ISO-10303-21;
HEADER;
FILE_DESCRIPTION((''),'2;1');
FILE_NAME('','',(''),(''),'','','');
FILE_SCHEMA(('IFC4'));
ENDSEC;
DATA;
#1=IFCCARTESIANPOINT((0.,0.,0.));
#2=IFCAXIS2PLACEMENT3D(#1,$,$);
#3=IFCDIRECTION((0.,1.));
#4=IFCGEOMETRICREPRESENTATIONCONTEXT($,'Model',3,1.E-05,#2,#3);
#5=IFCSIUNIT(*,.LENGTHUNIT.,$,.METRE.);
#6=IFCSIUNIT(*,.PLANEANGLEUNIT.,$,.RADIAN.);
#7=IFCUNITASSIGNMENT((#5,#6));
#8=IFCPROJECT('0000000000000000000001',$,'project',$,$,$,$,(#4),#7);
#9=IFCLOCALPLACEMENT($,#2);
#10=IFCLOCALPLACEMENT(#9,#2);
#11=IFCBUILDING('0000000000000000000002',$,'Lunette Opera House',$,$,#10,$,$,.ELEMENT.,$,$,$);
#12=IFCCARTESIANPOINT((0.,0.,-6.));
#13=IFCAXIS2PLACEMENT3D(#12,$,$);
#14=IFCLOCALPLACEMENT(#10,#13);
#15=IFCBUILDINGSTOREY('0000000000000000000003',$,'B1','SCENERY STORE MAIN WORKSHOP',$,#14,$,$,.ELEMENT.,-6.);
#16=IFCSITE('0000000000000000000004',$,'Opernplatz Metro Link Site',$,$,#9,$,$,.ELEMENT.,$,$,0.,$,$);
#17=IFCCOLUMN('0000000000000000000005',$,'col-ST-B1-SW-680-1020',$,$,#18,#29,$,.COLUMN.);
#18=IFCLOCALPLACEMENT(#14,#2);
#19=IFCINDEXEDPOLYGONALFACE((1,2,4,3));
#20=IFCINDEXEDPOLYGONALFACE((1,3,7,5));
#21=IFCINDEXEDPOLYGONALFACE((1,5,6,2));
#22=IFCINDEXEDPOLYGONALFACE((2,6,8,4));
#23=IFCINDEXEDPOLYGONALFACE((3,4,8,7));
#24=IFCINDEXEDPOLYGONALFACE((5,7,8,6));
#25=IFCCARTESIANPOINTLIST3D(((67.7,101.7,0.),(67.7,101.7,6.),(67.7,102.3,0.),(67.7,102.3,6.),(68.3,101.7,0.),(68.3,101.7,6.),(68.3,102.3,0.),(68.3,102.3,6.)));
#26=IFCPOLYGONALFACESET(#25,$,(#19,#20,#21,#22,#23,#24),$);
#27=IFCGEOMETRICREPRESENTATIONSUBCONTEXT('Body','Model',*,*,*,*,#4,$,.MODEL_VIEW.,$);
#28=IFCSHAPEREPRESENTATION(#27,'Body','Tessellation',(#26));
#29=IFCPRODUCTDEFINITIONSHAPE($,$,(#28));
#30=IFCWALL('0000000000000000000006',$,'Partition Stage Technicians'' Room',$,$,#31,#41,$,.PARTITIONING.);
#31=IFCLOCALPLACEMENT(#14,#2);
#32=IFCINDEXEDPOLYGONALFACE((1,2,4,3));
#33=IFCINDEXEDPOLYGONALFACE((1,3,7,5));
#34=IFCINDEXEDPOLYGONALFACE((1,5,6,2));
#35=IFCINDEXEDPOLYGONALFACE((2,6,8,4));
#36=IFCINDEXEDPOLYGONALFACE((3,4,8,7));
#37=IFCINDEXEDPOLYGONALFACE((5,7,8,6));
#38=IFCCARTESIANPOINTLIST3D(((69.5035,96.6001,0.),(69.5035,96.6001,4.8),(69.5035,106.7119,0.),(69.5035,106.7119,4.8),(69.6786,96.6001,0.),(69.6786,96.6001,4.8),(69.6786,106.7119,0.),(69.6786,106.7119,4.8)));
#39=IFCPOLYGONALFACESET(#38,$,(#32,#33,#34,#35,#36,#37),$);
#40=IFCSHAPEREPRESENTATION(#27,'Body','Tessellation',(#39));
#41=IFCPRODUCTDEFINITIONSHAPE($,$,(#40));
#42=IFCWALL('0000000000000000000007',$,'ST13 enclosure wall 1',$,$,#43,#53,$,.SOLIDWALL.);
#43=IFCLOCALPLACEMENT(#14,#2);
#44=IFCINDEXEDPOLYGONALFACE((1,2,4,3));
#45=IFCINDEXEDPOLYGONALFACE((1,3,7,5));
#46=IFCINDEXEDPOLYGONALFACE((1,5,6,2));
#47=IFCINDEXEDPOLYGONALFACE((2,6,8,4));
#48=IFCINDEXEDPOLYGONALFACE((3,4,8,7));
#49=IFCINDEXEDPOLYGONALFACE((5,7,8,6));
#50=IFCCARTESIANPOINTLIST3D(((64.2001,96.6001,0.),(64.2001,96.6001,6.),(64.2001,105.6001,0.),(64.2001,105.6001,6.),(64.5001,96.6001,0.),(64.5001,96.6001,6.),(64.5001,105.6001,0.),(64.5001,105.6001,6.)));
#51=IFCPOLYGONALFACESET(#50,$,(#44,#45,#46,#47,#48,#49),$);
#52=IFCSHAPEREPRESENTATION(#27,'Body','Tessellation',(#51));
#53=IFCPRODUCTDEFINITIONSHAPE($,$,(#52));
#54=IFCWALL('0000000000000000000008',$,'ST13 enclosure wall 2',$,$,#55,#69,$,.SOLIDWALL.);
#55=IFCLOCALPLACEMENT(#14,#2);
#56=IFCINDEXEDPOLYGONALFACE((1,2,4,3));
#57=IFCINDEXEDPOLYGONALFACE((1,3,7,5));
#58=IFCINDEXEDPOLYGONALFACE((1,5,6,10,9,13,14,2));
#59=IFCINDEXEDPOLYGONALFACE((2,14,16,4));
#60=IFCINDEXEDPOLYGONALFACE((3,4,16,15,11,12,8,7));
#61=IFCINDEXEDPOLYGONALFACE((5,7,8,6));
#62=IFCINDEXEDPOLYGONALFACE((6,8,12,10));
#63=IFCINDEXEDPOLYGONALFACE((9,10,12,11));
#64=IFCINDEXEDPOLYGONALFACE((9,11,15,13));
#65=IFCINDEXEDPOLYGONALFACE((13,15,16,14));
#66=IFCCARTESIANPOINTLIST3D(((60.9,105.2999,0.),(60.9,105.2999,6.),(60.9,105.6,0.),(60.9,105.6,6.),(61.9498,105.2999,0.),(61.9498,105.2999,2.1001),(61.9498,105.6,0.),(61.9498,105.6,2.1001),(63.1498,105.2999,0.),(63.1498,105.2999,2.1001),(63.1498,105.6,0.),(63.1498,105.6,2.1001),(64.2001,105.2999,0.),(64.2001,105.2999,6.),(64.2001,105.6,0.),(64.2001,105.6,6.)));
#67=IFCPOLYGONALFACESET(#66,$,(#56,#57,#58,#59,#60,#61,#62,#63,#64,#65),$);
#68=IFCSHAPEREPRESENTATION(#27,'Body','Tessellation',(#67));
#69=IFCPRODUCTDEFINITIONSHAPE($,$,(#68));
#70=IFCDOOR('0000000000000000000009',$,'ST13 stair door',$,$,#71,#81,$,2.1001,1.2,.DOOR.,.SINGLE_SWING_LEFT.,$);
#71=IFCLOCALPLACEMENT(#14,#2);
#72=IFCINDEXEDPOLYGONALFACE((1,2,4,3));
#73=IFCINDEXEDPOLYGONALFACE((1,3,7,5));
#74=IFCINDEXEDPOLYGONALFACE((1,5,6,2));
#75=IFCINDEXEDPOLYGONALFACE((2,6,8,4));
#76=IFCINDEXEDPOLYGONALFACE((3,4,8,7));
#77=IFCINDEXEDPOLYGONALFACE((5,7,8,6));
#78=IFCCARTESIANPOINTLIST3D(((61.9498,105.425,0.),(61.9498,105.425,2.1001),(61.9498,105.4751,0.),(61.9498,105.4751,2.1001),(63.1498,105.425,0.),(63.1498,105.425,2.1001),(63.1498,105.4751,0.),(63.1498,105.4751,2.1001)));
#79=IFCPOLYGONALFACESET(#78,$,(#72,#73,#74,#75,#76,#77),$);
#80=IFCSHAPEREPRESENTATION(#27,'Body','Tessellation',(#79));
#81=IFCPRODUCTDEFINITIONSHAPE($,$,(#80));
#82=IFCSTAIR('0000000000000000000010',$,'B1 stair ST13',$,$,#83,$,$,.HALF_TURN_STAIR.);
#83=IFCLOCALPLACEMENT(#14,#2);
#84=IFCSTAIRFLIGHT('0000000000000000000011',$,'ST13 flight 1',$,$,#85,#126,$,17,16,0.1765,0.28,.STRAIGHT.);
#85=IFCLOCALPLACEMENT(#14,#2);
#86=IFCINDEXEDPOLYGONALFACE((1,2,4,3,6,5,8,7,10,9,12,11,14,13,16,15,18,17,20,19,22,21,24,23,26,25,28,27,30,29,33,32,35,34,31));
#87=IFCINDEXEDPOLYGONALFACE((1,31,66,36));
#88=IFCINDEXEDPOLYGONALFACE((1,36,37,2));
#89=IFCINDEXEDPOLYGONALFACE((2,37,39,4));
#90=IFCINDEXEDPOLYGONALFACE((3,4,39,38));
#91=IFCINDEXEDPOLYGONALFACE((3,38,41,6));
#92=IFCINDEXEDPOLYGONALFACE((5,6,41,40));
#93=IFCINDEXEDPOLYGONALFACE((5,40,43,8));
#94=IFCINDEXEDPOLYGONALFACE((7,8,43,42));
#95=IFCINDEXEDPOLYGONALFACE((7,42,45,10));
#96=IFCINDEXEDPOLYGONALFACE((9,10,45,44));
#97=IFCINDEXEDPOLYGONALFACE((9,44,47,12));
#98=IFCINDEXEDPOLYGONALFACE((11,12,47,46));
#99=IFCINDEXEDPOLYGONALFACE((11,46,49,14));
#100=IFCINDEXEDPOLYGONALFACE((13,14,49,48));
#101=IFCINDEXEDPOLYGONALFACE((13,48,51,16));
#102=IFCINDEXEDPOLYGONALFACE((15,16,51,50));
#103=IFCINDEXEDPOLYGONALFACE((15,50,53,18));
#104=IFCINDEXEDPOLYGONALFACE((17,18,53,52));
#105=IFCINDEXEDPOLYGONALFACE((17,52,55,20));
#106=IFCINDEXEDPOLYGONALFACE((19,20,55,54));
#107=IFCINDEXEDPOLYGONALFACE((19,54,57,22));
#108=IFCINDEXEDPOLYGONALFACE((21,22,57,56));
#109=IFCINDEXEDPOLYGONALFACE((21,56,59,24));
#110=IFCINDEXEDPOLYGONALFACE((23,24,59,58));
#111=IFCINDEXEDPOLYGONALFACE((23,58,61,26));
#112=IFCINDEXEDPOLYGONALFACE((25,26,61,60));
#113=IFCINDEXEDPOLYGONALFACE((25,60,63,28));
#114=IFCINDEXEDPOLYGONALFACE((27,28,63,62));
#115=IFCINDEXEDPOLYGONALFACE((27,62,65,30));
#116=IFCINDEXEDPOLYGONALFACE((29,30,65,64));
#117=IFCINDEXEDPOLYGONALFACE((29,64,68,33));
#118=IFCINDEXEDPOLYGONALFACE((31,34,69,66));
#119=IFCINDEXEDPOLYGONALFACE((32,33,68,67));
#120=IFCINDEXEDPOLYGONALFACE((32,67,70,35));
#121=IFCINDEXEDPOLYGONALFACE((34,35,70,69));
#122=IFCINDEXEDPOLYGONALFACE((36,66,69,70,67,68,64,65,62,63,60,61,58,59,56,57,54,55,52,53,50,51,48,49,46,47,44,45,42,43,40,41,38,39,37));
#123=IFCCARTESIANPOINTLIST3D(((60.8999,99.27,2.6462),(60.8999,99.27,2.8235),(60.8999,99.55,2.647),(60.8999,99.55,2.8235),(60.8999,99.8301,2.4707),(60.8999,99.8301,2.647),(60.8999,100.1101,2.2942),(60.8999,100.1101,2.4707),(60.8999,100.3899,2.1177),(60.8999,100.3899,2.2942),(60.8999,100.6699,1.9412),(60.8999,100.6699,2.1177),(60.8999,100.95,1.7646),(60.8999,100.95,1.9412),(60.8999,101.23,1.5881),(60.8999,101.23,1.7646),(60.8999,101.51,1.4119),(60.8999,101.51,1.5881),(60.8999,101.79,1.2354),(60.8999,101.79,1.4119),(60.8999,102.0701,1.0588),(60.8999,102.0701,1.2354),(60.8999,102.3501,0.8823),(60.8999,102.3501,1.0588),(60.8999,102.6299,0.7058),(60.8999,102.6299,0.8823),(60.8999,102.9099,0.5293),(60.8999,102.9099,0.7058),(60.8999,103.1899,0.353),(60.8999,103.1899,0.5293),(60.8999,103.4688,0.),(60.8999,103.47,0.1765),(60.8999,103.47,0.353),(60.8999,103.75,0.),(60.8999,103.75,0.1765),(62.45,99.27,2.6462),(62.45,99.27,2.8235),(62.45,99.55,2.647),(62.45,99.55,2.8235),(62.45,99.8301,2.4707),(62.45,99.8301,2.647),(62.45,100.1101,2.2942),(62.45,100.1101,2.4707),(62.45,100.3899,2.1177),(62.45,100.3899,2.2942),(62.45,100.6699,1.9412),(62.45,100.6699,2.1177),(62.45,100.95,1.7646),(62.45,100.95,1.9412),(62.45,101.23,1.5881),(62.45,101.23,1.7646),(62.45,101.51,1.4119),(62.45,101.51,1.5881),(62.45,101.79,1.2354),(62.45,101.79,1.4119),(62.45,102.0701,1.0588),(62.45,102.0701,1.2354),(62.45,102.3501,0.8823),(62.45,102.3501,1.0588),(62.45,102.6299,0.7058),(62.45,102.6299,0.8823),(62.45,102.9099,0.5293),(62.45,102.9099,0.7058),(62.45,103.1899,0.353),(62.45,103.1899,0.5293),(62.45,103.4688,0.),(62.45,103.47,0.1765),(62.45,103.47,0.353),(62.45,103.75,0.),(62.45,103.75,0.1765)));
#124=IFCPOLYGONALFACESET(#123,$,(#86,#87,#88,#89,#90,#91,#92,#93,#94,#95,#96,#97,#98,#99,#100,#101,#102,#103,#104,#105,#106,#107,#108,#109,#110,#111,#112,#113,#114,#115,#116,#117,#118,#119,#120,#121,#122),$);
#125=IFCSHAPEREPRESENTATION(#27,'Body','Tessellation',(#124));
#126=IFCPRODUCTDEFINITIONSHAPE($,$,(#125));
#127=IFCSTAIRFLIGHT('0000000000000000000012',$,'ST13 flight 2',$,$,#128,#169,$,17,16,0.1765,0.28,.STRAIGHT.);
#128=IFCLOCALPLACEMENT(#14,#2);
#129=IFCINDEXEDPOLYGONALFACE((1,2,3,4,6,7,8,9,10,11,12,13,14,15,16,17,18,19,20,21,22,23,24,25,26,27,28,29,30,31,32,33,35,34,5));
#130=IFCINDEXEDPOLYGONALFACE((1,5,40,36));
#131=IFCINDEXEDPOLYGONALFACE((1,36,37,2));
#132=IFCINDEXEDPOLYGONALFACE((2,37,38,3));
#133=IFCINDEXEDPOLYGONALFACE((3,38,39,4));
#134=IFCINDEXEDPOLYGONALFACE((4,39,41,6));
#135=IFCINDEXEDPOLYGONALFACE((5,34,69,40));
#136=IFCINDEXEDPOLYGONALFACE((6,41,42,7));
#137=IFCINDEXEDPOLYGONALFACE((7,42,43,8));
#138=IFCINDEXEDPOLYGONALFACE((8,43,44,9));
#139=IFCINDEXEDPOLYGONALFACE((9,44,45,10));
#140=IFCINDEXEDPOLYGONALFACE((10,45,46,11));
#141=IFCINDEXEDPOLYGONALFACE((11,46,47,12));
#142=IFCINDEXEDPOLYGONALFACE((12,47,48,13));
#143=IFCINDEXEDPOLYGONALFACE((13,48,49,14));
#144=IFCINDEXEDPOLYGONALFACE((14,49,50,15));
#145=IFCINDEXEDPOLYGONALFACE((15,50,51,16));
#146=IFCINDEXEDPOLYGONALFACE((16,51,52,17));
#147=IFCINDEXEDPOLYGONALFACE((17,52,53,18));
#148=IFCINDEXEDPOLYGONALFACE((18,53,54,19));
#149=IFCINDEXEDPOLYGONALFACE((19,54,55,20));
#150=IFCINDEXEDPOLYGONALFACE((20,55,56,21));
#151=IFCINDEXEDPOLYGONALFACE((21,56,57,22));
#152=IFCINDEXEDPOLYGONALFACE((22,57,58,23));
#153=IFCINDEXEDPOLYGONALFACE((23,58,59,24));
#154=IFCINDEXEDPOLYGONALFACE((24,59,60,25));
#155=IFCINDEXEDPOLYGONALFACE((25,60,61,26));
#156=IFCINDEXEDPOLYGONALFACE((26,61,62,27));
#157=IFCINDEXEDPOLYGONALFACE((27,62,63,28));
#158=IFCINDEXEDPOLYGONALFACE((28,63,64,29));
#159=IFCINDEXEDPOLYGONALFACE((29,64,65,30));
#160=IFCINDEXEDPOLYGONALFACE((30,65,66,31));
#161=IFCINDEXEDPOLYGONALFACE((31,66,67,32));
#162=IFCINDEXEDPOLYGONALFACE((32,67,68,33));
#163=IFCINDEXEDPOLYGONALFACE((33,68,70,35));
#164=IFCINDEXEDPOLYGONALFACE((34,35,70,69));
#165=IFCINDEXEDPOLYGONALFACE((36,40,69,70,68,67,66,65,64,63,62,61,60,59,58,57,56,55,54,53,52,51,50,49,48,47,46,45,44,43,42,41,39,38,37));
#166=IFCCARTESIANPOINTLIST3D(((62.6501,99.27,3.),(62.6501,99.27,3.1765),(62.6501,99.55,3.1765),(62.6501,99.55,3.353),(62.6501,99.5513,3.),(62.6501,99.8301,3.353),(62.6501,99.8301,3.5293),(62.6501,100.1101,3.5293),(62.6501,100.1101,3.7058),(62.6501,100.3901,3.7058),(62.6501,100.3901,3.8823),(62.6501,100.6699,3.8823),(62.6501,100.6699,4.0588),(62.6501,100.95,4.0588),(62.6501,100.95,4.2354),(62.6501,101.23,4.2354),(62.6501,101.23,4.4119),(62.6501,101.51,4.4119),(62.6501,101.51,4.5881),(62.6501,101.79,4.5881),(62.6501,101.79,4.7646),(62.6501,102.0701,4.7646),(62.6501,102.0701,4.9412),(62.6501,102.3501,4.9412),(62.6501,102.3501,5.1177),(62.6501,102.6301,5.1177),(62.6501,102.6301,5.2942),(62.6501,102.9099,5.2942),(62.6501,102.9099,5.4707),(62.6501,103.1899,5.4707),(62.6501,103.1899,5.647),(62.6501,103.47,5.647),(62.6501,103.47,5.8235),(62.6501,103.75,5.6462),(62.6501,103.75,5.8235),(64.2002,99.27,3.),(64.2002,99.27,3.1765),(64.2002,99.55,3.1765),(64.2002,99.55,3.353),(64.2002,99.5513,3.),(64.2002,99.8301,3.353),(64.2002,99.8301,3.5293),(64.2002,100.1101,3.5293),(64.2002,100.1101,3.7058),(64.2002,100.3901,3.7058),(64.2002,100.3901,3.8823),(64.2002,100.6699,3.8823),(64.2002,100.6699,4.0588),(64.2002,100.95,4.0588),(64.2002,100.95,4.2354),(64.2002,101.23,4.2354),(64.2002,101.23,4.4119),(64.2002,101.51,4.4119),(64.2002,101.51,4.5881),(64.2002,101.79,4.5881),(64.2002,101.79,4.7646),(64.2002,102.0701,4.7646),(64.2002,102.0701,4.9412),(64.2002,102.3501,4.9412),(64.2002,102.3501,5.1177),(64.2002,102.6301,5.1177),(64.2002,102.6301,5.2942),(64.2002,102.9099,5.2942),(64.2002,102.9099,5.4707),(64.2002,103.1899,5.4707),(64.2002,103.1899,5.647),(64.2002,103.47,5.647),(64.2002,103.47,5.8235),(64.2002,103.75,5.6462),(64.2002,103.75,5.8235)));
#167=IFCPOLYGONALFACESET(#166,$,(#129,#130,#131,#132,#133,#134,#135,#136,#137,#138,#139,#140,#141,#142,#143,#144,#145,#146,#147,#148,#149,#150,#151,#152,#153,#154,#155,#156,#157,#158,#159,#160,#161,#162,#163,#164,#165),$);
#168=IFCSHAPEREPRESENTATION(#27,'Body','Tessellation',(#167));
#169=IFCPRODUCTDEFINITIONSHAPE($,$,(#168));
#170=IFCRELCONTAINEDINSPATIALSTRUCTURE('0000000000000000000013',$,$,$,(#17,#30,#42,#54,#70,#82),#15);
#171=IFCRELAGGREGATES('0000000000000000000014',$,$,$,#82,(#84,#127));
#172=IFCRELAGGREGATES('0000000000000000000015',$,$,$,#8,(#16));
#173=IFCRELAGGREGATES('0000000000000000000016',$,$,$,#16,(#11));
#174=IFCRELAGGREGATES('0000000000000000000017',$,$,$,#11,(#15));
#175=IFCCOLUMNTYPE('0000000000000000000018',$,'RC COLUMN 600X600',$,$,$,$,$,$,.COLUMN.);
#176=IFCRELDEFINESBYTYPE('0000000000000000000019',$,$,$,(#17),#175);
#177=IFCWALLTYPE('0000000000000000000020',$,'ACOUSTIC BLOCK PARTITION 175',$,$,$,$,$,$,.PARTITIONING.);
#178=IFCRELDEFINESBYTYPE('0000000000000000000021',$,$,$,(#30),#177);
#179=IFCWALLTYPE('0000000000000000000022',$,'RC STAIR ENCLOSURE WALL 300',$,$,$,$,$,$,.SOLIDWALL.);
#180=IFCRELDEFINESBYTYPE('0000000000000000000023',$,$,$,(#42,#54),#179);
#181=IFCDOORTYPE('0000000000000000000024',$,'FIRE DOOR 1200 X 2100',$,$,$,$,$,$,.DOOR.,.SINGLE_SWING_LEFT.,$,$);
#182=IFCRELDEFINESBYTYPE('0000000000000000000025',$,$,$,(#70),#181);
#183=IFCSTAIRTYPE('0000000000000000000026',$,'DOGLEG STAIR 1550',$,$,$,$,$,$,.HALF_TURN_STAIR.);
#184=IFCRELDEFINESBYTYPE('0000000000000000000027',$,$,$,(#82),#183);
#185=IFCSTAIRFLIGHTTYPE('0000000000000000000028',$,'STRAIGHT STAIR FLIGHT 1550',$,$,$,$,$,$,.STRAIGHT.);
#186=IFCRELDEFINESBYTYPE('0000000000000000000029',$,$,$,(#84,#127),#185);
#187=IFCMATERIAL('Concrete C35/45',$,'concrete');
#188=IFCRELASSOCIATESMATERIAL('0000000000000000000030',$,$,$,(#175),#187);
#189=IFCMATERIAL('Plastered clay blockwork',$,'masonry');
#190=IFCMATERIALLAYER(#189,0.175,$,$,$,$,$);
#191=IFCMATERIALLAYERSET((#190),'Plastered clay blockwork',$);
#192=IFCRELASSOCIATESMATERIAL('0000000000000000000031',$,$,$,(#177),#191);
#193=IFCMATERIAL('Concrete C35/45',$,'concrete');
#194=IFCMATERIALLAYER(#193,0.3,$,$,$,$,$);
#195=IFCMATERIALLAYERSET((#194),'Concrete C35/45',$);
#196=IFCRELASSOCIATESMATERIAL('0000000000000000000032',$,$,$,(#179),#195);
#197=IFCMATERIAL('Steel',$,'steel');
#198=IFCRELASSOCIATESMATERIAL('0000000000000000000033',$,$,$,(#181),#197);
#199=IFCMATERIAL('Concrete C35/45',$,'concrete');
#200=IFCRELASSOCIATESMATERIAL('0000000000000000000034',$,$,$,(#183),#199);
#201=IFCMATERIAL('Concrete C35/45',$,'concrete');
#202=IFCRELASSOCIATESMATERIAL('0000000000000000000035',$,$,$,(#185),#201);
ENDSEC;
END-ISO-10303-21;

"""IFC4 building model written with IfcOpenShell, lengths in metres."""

from ifc_helpers import new_model, si_unit, direction, frame, frame_2d, origin, origin_2d, place, context, subcontext, project, spatial, polyline, rectangle, outline, extrude, material, layer, layer_set, material_profile, profile_set, type_object, element, fill, aggregate, save


model = new_model("IFC4")

# Units and contexts
model_context = context("Model", 3, precision=1e-05, world=origin(), true_north=direction((0.0, 1.0)))
body_context = subcontext(model_context, "Body", "Model", "MODEL_VIEW")
ifc_project = project(units=[si_unit("LENGTHUNIT", "METRE"), si_unit("PLANEANGLEUNIT", "RADIAN")], contexts=[model_context])

# Site, building, storey
site_placement = place(None, origin())
site = spatial("IfcSite", under=ifc_project, at=site_placement, Name="Opernplatz Metro Link Site", CompositionType="ELEMENT", RefElevation=0.0)
building_placement = place(site_placement, origin())
building = spatial("IfcBuilding", under=site, at=building_placement, Name="Lunette Opera House", CompositionType="ELEMENT")
storey_placement = place(building_placement, frame((0.0, 0.0, -6.0)))
storey = spatial("IfcBuildingStorey", under=building, at=storey_placement, Name="B1", Description="SCENERY STORE MAIN WORKSHOP", CompositionType="ELEMENT", Elevation=-6.0)

# Column
ifc_material_1 = material(Name="Concrete C35/45", Category="concrete")
ifc_material_profile_1 = material_profile(ifc_material_1, rectangle(XDim=0.6001, YDim=0.6001, at=origin_2d()), Name="RC COLUMN 600X600")
ifc_profile_set_1 = profile_set([ifc_material_profile_1], Name="Concrete C35/45")
column_type = type_object("IfcColumnType", Name="RC COLUMN 600X600", PredefinedType="COLUMN", material=ifc_profile_set_1)
column_placement = place(storey_placement, frame((68.0, 102.0, 0.0), z_axis=(0.0, 0.0, 1.0), x_axis=(1.0, 0.0, 0.0)))
element("IfcColumn", 1, at=column_placement, inside=storey, type_object=column_type, Name="col-ST-B1-SW-680-1020", PredefinedType="COLUMN", context=body_context, shape_type="SweptSolid", body=[
    extrude(rectangle(XDim=0.6001, YDim=0.6001, at=origin_2d()), origin(), (0.0, 0.0, 1.0), 6.0),
])

# Walls
ifc_material_2 = material(Name="Plastered clay blockwork", Category="masonry")
ifc_layer_1 = layer(ifc_material_2, 0.175)
ifc_layer_set_1 = layer_set([ifc_layer_1], Name="Plastered clay blockwork")
wall_type_1 = type_object("IfcWallType", Name="ACOUSTIC BLOCK PARTITION 175", PredefinedType="PARTITIONING", material=ifc_layer_set_1)
wall_1_placement = place(storey_placement, frame((69.5911, 96.6001, 0.0), z_axis=(0.0, 0.0, 1.0), x_axis=(0.0, 1.0, 0.0)))
element("IfcWall", 2, at=wall_1_placement, inside=storey, type_object=wall_type_1, Name="Partition Stage Technicians' Room", PredefinedType="PARTITIONING", context=body_context, shape_type="SweptSolid", body=[
    extrude(rectangle(XDim=10.1118, YDim=0.175, at=frame_2d((5.0559, 0.0))), origin(), (0.0, 0.0, 1.0), 4.8),
])
ifc_material_3 = material(Name="Concrete C35/45", Category="concrete")
ifc_layer_2 = layer(ifc_material_3, 0.3)
ifc_layer_set_2 = layer_set([ifc_layer_2], Name="Concrete C35/45")
wall_type_2 = type_object("IfcWallType", Name="RC STAIR ENCLOSURE WALL 300", PredefinedType="SOLIDWALL", material=ifc_layer_set_2)
wall_2_placement = place(storey_placement, frame((64.3501, 96.6001, 0.0), z_axis=(0.0, 0.0, 1.0), x_axis=(0.0, 1.0, 0.0)))
element("IfcWall", 3, at=wall_2_placement, inside=storey, type_object=wall_type_2, Name="ST13 enclosure wall 1", PredefinedType="SOLIDWALL", context=body_context, shape_type="SweptSolid", body=[
    extrude(rectangle(XDim=9.0, YDim=0.3, at=frame_2d((4.5, 0.0))), origin(), (0.0, 0.0, 1.0), 6.0),
])

# Wall, opening, door
wall_3_placement = place(storey_placement, frame((64.2, 105.45, 0.0), z_axis=(0.0, 0.0, 1.0), x_axis=(-1.0, 0.0, 0.0)))
wall_3 = element("IfcWall", 4, at=wall_3_placement, inside=storey, type_object=wall_type_2, Name="ST13 enclosure wall 2", PredefinedType="SOLIDWALL", context=body_context, shape_type="SweptSolid", body=[
    extrude(rectangle(XDim=3.3, YDim=0.3, at=frame_2d((1.6499, 0.0))), origin(), (0.0, 0.0, 1.0), 6.0),
])
opening_placement = place(wall_3_placement, frame((1.05, 0.0, 0.0)))
opening = element("IfcOpeningElement", 5, at=opening_placement, cuts=wall_3, PredefinedType="OPENING", context=body_context, shape_type="SweptSolid", body=[
    extrude(rectangle(XDim=1.2, YDim=2.1001, at=frame_2d((0.6001, 1.05))), frame((0.0, 0.1621, 0.0), z_axis=(0.0, -1.0, 0.0), x_axis=(1.0, 0.0, 0.0)), (0.0, 0.0, 1.0), 0.324),
])
ifc_material_4 = material(Name="Steel", Category="steel")
door_type = type_object("IfcDoorType", Name="FIRE DOOR 1200 X 2100", OperationType="SINGLE_SWING_LEFT", PredefinedType="DOOR", material=ifc_material_4)
door_placement = place(opening_placement, origin())
door = element("IfcDoor", 6, at=door_placement, inside=storey, type_object=door_type, Name="ST13 stair door", OperationType="SINGLE_SWING_LEFT", OverallHeight=2.1001, OverallWidth=1.2, PredefinedType="DOOR", context=body_context, shape_type="SweptSolid", body=[
    extrude(rectangle(XDim=1.2, YDim=2.1001, at=frame_2d((0.6001, 1.05))), frame((0.0, 0.0249, 0.0), z_axis=(0.0, -1.0, 0.0), x_axis=(1.0, 0.0, 0.0)), (0.0, 0.0, 1.0), 0.05),
])
fill(opening, door)

# Stair, stair flights
ifc_material_5 = material(Name="Concrete C35/45", Category="concrete")
stair_type = type_object("IfcStairType", Name="DOGLEG STAIR 1550", PredefinedType="HALF_TURN_STAIR", material=ifc_material_5)
stair_placement = place(storey_placement, origin())
stair = element("IfcStair", 7, at=stair_placement, inside=storey, type_object=stair_type, Name="B1 stair ST13", PredefinedType="HALF_TURN_STAIR")
ifc_material_6 = material(Name="Concrete C35/45", Category="concrete")
stair_flight_type = type_object("IfcStairFlightType", Name="STRAIGHT STAIR FLIGHT 1550", PredefinedType="STRAIGHT", material=ifc_material_6)
stair_flight_1_placement = place(storey_placement, frame((61.675, 103.75, 0.0), z_axis=(0.0, 0.0, 1.0), x_axis=(0.0, -1.0, 0.0)))
stair_flight_1 = element("IfcStairFlight", 8, at=stair_flight_1_placement, type_object=stair_flight_type, Name="ST13 flight 1", NumberOfRisers=17, NumberOfTreads=16, PredefinedType="STRAIGHT", RiserHeight=0.1765, TreadLength=0.28, context=body_context, shape_type="SweptSolid", body=[
    extrude(outline(polyline([(0.0, 0.0), (0.0, 0.1765), (0.28, 0.1765), (0.28, 0.353), (0.5601, 0.353), (0.5601, 0.5293), (0.8401, 0.5293), (0.8401, 0.7058), (1.1201, 0.7058), (1.1201, 0.8823), (1.3999, 0.8823), (1.3999, 1.0588), (1.6799, 1.0588), (1.6799, 1.2354), (1.96, 1.2354), (1.96, 1.4119), (2.24, 1.4119), (2.24, 1.5881), (2.52, 1.5881), (2.52, 1.7646), (2.8, 1.7646), (2.8, 1.9412), (3.0801, 1.9412), (3.0801, 2.1177), (3.3601, 2.1177), (3.3601, 2.2942), (3.6399, 2.2942), (3.6399, 2.4707), (3.9199, 2.4707), (3.9199, 2.647), (4.2, 2.647), (4.2, 2.8235), (4.48, 2.8235), (4.48, 3.0), (4.48, 2.6462), (0.2812, 0.0), (0.0, 0.0)])), frame((0.0, 0.7749, 0.0), z_axis=(0.0, -1.0, 0.0), x_axis=(1.0, 0.0, 0.0)), (0.0, 0.0, 1.0), 1.55),
])
stair_flight_2_placement = place(storey_placement, frame((63.425, 99.27, 3.0), z_axis=(0.0, 0.0, 1.0), x_axis=(0.0, 1.0, 0.0)))
stair_flight_2 = element("IfcStairFlight", 9, at=stair_flight_2_placement, type_object=stair_flight_type, Name="ST13 flight 2", NumberOfRisers=17, NumberOfTreads=16, PredefinedType="STRAIGHT", RiserHeight=0.1765, TreadLength=0.28, context=body_context, shape_type="SweptSolid", body=[
    extrude(outline(polyline([(0.0, 0.0), (0.0, 0.1765), (0.28, 0.1765), (0.28, 0.353), (0.5601, 0.353), (0.5601, 0.5293), (0.8401, 0.5293), (0.8401, 0.7058), (1.1201, 0.7058), (1.1201, 0.8823), (1.3999, 0.8823), (1.3999, 1.0588), (1.6799, 1.0588), (1.6799, 1.2354), (1.96, 1.2354), (1.96, 1.4119), (2.24, 1.4119), (2.24, 1.5881), (2.52, 1.5881), (2.52, 1.7646), (2.8, 1.7646), (2.8, 1.9412), (3.0801, 1.9412), (3.0801, 2.1177), (3.3601, 2.1177), (3.3601, 2.2942), (3.6399, 2.2942), (3.6399, 2.4707), (3.9199, 2.4707), (3.9199, 2.647), (4.2, 2.647), (4.2, 2.8235), (4.48, 2.8235), (4.48, 3.0), (4.48, 2.6462), (0.2812, 0.0), (0.0, 0.0)])), frame((0.0, 0.7749, 0.0), z_axis=(0.0, -1.0, 0.0), x_axis=(1.0, 0.0, 0.0)), (0.0, 0.0, 1.0), 1.55),
])
aggregate(stair, [stair_flight_1, stair_flight_2])

save(model, "model.ifc")
